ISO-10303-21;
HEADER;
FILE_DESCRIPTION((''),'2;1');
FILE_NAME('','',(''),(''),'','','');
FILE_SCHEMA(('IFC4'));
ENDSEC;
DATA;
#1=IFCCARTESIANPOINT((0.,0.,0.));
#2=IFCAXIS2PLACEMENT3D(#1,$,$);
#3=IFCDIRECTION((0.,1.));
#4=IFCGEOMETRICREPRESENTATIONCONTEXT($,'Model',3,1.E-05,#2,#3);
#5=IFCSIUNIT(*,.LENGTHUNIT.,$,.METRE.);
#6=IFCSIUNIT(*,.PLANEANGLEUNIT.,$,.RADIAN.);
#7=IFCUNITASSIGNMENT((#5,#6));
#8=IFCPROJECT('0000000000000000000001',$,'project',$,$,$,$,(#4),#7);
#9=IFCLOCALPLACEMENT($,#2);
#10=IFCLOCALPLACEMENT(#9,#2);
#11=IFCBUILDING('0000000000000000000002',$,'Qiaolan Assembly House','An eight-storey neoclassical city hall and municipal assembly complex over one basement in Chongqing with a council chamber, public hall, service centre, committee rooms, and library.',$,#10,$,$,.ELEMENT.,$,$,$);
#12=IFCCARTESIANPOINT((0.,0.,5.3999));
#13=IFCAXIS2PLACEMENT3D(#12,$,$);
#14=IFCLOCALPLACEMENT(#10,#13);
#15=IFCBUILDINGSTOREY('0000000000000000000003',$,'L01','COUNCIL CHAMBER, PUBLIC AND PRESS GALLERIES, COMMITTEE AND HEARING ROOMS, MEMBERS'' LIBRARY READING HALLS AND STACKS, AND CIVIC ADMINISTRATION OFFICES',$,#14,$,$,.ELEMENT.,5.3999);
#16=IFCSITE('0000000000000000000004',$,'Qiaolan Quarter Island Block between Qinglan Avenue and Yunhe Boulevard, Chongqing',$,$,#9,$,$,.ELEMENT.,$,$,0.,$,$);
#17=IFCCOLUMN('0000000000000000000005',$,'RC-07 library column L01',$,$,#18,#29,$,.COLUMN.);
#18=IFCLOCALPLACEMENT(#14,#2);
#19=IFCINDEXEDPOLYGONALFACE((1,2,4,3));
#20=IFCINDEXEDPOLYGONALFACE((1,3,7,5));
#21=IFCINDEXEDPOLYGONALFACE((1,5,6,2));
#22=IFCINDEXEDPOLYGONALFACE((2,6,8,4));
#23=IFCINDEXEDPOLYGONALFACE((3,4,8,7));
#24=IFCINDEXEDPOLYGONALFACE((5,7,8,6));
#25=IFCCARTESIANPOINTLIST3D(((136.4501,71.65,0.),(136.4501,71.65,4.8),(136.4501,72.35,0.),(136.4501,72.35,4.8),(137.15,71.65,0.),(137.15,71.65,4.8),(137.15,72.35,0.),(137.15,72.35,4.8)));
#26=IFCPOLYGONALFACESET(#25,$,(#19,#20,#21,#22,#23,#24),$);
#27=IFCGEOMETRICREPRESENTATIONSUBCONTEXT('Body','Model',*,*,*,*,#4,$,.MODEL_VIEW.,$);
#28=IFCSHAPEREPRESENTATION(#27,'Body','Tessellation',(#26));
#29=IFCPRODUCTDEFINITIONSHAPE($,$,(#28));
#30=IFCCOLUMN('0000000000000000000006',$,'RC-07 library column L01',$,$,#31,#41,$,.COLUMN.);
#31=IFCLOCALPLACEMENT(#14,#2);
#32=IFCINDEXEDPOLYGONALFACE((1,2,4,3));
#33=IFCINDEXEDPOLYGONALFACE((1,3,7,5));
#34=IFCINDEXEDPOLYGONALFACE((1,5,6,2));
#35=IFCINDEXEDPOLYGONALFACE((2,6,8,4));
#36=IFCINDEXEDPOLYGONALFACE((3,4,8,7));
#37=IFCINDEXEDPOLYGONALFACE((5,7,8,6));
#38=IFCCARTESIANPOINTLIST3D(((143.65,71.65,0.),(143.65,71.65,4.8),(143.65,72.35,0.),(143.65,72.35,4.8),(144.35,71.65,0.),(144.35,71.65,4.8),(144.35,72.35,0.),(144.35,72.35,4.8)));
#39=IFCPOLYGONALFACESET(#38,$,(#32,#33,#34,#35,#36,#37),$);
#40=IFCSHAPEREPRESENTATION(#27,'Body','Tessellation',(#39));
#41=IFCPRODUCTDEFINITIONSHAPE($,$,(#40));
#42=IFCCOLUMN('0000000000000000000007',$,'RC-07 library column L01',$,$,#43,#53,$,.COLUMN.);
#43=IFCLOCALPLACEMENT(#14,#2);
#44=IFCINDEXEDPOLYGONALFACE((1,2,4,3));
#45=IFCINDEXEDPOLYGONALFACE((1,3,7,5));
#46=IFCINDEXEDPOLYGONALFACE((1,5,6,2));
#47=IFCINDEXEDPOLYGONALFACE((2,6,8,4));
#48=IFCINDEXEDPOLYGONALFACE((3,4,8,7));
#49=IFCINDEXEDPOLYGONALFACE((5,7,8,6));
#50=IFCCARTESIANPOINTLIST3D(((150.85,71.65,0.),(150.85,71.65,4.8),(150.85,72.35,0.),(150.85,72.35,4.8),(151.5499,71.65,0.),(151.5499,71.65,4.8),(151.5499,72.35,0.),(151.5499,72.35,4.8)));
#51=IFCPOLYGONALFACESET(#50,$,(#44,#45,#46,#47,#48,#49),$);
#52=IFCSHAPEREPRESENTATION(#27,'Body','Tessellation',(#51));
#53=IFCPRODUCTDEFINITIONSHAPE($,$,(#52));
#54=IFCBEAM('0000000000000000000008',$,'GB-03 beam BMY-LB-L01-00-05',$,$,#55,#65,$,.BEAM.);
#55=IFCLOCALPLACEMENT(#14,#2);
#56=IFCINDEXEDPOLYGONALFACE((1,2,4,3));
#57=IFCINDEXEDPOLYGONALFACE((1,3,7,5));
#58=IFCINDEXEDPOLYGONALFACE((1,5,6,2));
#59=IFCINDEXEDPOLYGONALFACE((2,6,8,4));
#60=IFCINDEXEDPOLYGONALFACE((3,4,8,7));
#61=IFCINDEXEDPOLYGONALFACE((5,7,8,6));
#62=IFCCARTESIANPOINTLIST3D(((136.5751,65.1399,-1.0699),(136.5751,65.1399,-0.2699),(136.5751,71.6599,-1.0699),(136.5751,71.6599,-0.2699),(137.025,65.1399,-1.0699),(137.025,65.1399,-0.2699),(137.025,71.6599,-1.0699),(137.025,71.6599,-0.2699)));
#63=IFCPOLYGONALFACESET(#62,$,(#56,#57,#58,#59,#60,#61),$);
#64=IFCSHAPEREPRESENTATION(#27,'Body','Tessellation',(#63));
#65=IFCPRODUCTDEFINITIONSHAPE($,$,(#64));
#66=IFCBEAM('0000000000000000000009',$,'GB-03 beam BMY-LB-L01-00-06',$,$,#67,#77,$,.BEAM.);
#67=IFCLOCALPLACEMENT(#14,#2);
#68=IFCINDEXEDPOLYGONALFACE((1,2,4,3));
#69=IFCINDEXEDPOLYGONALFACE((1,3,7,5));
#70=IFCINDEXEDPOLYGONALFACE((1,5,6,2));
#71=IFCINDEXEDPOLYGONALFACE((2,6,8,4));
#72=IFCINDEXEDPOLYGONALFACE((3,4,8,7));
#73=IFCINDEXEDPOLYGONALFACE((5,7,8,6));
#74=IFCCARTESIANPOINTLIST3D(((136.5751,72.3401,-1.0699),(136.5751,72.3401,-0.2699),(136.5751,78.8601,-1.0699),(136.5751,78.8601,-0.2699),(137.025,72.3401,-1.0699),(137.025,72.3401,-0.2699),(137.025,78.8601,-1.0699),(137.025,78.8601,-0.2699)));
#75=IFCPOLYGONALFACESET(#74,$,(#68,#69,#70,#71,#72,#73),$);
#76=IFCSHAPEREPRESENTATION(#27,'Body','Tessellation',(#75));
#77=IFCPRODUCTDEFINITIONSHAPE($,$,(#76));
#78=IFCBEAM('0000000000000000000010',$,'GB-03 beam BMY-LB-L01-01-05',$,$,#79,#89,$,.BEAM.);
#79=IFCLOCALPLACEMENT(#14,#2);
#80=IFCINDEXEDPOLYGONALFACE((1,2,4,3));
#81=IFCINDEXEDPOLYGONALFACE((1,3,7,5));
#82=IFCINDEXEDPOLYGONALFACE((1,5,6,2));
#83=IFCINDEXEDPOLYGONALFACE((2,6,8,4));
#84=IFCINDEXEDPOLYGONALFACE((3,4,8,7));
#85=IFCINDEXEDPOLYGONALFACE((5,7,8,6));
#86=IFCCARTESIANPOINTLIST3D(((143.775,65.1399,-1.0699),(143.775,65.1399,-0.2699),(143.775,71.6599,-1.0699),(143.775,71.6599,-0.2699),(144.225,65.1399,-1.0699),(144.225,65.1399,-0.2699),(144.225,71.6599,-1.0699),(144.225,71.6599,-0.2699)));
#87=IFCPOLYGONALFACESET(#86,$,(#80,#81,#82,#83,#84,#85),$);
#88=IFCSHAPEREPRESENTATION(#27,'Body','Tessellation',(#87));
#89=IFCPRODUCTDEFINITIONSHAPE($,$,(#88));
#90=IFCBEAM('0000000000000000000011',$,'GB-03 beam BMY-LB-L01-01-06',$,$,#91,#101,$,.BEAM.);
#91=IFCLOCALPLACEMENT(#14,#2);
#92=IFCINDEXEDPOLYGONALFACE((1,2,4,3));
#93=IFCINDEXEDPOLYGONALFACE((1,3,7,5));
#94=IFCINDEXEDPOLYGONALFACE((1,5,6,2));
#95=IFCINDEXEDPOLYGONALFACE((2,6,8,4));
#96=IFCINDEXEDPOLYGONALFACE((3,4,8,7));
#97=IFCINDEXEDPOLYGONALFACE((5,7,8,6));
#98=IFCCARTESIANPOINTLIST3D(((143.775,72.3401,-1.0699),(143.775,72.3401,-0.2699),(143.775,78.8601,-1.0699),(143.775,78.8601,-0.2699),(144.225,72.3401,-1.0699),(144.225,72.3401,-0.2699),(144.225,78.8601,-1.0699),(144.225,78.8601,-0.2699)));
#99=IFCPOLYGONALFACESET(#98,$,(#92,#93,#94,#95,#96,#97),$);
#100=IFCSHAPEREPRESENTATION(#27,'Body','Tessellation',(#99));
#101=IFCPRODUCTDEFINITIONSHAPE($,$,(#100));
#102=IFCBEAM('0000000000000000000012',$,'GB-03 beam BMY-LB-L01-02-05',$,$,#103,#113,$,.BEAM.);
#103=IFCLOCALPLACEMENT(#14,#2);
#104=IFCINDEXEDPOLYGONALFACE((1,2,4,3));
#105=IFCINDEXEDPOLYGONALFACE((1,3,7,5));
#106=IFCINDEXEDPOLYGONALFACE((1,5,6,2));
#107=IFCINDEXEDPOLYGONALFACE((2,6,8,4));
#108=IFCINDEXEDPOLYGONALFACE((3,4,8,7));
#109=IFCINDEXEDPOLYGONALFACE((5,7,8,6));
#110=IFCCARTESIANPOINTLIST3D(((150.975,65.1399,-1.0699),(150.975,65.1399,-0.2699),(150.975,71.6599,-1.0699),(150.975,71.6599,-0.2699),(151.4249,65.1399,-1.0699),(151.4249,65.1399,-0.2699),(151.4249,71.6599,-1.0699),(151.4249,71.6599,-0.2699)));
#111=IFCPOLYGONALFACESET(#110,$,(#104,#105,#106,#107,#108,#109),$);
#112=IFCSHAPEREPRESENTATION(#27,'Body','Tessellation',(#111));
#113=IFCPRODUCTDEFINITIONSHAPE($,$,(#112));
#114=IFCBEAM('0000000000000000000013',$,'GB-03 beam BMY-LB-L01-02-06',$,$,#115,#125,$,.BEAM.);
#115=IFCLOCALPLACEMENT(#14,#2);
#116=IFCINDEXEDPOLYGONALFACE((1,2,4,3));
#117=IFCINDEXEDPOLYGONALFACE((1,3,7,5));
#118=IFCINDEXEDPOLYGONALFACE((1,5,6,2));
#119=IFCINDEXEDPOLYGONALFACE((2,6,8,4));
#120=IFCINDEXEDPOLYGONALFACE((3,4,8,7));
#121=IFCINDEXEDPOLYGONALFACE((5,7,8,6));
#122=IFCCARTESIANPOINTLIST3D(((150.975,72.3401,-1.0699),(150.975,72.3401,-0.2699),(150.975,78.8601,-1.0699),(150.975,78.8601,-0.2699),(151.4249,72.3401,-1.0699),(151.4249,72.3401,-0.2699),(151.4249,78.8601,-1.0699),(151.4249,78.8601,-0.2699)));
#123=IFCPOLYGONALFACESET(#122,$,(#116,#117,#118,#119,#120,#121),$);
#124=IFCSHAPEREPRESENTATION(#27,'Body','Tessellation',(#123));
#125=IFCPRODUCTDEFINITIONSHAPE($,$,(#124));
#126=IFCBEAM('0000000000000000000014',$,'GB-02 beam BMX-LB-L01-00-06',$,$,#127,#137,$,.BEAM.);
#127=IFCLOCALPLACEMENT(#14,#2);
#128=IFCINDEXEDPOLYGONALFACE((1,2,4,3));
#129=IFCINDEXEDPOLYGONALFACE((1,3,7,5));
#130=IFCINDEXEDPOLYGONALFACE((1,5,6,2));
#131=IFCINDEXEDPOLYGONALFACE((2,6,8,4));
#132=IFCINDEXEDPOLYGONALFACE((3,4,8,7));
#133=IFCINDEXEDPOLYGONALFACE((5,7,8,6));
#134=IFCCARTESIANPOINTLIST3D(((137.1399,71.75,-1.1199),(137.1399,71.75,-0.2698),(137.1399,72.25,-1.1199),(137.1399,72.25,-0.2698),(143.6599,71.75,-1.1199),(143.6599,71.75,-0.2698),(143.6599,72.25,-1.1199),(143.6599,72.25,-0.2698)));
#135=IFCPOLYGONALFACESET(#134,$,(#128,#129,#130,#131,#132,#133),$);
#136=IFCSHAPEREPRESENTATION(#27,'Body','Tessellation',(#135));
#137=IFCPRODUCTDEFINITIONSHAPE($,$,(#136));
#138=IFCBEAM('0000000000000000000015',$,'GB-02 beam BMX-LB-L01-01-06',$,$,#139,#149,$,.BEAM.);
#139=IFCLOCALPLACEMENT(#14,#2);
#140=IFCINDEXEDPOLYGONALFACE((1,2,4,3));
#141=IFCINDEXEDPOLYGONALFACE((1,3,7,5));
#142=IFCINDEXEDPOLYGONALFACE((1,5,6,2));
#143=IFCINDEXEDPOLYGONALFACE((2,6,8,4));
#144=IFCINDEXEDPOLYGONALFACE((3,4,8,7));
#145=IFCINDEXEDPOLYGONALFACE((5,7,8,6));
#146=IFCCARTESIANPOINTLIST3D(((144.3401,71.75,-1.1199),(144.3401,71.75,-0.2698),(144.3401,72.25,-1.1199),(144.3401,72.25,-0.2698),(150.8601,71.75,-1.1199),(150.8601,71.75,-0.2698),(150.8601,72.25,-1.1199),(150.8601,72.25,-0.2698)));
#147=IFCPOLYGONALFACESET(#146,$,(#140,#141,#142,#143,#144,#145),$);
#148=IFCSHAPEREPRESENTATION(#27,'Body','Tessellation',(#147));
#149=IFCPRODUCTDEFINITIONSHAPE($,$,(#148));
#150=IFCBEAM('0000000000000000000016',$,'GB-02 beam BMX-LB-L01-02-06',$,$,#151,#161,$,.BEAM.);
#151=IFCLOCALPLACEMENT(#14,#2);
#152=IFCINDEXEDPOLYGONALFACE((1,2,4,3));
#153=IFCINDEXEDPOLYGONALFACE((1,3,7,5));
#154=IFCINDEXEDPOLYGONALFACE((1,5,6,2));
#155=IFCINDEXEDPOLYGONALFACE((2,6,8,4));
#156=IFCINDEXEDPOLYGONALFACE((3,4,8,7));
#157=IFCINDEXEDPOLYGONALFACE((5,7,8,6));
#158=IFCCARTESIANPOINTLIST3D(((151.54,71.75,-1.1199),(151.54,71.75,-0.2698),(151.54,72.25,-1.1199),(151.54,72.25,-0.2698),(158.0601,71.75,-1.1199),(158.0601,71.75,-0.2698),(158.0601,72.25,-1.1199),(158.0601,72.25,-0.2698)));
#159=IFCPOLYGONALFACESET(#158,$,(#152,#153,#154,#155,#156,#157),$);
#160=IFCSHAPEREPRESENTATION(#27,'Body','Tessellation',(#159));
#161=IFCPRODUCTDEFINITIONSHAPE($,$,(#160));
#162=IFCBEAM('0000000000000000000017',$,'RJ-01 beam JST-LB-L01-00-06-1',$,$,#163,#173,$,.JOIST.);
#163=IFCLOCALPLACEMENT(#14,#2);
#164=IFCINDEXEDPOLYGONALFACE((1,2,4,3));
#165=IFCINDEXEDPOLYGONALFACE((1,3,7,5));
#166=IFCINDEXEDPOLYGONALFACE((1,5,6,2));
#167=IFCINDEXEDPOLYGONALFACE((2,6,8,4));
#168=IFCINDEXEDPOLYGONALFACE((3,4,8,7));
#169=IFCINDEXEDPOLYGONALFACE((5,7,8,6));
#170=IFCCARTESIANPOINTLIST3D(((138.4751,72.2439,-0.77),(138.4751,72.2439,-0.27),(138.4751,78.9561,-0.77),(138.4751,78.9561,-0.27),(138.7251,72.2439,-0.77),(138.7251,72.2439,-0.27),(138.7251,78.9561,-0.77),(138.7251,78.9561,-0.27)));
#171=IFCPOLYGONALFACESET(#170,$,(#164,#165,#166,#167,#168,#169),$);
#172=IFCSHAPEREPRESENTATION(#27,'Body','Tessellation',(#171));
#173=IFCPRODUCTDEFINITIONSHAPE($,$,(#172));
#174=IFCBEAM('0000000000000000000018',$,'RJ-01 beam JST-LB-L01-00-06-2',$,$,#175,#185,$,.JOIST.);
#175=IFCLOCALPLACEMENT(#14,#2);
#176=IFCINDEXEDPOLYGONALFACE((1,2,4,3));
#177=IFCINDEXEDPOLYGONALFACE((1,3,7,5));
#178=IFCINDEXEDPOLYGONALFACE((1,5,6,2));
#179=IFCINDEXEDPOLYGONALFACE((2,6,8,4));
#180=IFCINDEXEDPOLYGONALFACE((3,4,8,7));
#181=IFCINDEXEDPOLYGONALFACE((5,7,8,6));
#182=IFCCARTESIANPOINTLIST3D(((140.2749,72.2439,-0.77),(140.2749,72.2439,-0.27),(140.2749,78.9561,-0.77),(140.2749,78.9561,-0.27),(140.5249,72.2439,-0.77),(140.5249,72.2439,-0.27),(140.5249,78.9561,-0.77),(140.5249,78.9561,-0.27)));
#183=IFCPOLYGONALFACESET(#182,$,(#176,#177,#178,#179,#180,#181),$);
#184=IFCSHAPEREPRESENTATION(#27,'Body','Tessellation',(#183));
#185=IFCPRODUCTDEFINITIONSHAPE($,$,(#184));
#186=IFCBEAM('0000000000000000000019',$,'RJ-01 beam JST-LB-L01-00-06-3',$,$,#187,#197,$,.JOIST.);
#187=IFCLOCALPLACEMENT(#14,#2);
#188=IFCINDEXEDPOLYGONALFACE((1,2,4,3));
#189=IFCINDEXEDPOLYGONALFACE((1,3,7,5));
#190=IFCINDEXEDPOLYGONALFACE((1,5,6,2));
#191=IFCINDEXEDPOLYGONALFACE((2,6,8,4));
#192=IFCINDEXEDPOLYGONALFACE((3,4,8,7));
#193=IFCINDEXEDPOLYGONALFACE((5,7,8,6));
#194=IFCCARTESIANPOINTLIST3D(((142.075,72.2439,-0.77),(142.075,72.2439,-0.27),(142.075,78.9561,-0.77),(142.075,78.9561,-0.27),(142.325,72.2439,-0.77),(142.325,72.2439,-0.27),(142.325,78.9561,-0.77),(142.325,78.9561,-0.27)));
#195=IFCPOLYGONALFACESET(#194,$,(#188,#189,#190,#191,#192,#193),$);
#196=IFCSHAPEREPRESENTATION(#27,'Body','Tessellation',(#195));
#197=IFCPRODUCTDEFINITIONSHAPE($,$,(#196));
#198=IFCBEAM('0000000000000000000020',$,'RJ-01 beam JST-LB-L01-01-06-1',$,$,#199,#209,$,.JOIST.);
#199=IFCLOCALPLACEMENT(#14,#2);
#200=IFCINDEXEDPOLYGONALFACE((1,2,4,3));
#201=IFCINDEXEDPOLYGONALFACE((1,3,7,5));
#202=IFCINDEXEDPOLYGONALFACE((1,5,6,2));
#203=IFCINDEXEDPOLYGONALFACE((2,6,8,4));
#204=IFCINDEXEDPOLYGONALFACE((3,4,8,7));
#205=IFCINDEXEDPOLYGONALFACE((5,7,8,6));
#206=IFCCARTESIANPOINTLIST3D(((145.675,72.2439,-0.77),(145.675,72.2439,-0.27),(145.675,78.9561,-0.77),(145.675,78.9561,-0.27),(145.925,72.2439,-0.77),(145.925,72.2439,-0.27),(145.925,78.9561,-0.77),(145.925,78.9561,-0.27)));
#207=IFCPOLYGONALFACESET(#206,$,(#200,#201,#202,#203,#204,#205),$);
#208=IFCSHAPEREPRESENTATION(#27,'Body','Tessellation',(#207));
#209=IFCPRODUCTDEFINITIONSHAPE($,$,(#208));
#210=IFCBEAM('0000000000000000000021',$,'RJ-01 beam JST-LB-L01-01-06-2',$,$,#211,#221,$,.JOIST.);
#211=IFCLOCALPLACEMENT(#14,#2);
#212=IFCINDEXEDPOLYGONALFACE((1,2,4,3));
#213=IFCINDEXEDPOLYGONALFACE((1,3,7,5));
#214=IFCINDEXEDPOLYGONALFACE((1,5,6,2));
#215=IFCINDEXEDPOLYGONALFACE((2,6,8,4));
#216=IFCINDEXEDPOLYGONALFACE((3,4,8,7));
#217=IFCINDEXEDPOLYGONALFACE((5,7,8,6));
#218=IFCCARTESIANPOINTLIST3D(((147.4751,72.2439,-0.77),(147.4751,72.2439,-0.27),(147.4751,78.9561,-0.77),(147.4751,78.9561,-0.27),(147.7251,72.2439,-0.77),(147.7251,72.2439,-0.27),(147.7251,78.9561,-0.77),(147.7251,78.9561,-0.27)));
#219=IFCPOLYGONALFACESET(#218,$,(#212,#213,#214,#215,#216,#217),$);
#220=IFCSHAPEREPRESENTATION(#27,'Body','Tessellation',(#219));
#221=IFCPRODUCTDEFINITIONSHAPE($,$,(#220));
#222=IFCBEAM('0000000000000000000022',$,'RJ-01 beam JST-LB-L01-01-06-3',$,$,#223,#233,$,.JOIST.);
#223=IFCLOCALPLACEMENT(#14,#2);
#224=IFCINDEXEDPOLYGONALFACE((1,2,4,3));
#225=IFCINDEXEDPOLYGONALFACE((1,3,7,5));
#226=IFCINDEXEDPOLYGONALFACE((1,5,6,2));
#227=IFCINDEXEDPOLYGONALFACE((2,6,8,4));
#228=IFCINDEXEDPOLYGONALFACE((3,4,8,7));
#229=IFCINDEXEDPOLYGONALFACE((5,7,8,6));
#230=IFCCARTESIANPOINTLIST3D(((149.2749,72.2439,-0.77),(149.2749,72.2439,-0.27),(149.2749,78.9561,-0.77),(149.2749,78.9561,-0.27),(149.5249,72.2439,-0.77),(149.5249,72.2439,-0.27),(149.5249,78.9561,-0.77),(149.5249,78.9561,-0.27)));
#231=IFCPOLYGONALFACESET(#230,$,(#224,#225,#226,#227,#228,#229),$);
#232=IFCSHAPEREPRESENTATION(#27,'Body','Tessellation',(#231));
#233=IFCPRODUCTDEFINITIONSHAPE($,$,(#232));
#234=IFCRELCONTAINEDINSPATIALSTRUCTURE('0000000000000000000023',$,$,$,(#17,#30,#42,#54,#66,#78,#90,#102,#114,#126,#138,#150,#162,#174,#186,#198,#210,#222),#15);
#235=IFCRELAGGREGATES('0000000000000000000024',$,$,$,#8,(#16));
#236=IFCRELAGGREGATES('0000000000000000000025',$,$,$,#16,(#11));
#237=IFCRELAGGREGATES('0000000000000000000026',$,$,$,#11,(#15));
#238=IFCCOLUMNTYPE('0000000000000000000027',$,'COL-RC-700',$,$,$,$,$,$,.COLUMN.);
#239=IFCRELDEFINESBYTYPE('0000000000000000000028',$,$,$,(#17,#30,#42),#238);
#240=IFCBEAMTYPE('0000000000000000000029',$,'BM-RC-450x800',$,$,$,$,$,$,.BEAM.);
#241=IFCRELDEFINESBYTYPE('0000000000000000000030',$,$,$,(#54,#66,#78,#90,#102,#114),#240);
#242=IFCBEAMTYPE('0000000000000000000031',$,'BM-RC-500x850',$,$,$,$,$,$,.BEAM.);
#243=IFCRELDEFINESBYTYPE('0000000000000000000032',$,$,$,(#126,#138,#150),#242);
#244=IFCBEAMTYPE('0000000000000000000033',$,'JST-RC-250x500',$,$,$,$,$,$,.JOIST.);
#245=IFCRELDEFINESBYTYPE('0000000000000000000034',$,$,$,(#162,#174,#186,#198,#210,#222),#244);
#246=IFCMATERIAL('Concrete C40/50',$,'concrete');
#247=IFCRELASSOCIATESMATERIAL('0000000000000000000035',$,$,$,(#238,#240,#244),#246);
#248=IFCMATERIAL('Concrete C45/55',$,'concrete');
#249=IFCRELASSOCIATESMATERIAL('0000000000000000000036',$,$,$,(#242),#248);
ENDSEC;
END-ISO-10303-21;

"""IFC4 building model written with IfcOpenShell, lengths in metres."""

from ifc_helpers import new_model, si_unit, direction, frame, origin, origin_2d, place, context, subcontext, project, spatial, rectangle, extrude, material, material_profile, profile_set, type_object, element, save


model = new_model("IFC4")

# Units and contexts
model_context = context("Model", 3, precision=1e-05, world=origin(), true_north=direction((0.0, 1.0)))
body_context = subcontext(model_context, "Body", "Model", "MODEL_VIEW")
ifc_project = project(units=[si_unit("LENGTHUNIT", "METRE"), si_unit("PLANEANGLEUNIT", "RADIAN")], contexts=[model_context])

# Site, building, storey
site_placement = place(None, origin())
site = spatial("IfcSite", under=ifc_project, at=site_placement, Name="Qiaolan Quarter Island Block between Qinglan Avenue and Yunhe Boulevard, Chongqing", CompositionType="ELEMENT", RefElevation=0.0)
building_placement = place(site_placement, origin())
building = spatial("IfcBuilding", under=site, at=building_placement, Name="Qiaolan Assembly House", Description="An eight-storey neoclassical city hall and municipal assembly complex over one basement in Chongqing with a council chamber, public hall, service centre, committee rooms, and library.", CompositionType="ELEMENT")
storey_placement = place(building_placement, frame((0.0, 0.0, 5.3999)))
storey = spatial("IfcBuildingStorey", under=building, at=storey_placement, Name="L01", Description="COUNCIL CHAMBER, PUBLIC AND PRESS GALLERIES, COMMITTEE AND HEARING ROOMS, MEMBERS' LIBRARY READING HALLS AND STACKS, AND CIVIC ADMINISTRATION OFFICES", CompositionType="ELEMENT", Elevation=5.3999)

# Columns
ifc_material_1 = material(Name="Concrete C40/50", Category="concrete")
ifc_material_profile_1 = material_profile(ifc_material_1, rectangle(XDim=0.7, YDim=0.7, at=origin_2d()), Name="RC 700x700")
ifc_profile_set_1 = profile_set([ifc_material_profile_1], Name="Concrete C40/50")
column_type = type_object("IfcColumnType", Name="COL-RC-700", PredefinedType="COLUMN", material=ifc_profile_set_1)
for number, where, z_axis, x_axis, name in (
    (1, (136.8, 72.0, 0.0), (0.0, 0.0, 1.0), (1.0, 0.0, 0.0), "RC-07 library column L01"),
    (2, (144.0, 72.0, 0.0), (0.0, 0.0, 1.0), (1.0, 0.0, 0.0), "RC-07 library column L01"),
    (3, (151.2, 72.0, 0.0), (0.0, 0.0, 1.0), (1.0, 0.0, 0.0), "RC-07 library column L01"),
):
    element("IfcColumn", number, at=place(storey_placement, frame(where, z_axis=z_axis, x_axis=x_axis)), inside=storey, type_object=column_type, Name=name, PredefinedType="COLUMN", context=body_context, shape_type="SweptSolid", body=[
        extrude(rectangle(XDim=0.7, YDim=0.7, at=origin_2d()), origin(), (0.0, 0.0, 1.0), 4.8),
    ])

# Beams
ifc_material_profile_2 = material_profile(ifc_material_1, rectangle(XDim=0.45, YDim=0.8, at=origin_2d()), Name="RCB 450x800")
ifc_profile_set_2 = profile_set([ifc_material_profile_2], Name="Concrete C40/50")
beam_type_1 = type_object("IfcBeamType", Name="BM-RC-450x800", PredefinedType="BEAM", material=ifc_profile_set_2)
for number, where, z_axis, x_axis, name in (
    (4, (136.8, 65.1399, -0.6699), (0.0, 1.0, 0.0), (-1.0, 0.0, 0.0), "GB-03 beam BMY-LB-L01-00-05"),
    (5, (136.8, 72.3401, -0.6699), (0.0, 1.0, 0.0), (-1.0, 0.0, 0.0), "GB-03 beam BMY-LB-L01-00-06"),
    (6, (144.0, 65.1399, -0.6699), (0.0, 1.0, 0.0), (-1.0, 0.0, 0.0), "GB-03 beam BMY-LB-L01-01-05"),
    (7, (144.0, 72.3401, -0.6699), (0.0, 1.0, 0.0), (-1.0, 0.0, 0.0), "GB-03 beam BMY-LB-L01-01-06"),
    (8, (151.2, 65.1399, -0.6699), (0.0, 1.0, 0.0), (-1.0, 0.0, 0.0), "GB-03 beam BMY-LB-L01-02-05"),
    (9, (151.2, 72.3401, -0.6699), (0.0, 1.0, 0.0), (-1.0, 0.0, 0.0), "GB-03 beam BMY-LB-L01-02-06"),
):
    element("IfcBeam", number, at=place(storey_placement, frame(where, z_axis=z_axis, x_axis=x_axis)), inside=storey, type_object=beam_type_1, Name=name, PredefinedType="BEAM", context=body_context, shape_type="SweptSolid", body=[
        extrude(rectangle(XDim=0.45, YDim=0.8, at=origin_2d()), origin(), (0.0, 0.0, 1.0), 6.52),
    ])
ifc_material_2 = material(Name="Concrete C45/55", Category="concrete")
ifc_material_profile_3 = material_profile(ifc_material_2, rectangle(XDim=0.5, YDim=0.8501, at=origin_2d()), Name="RCB 500x850")
ifc_profile_set_3 = profile_set([ifc_material_profile_3], Name="Concrete C45/55")
beam_type_2 = type_object("IfcBeamType", Name="BM-RC-500x850", PredefinedType="BEAM", material=ifc_profile_set_3)
for number, where, z_axis, x_axis, name in (
    (10, (137.1399, 72.0, -0.6948), (1.0, 0.0, 0.0), (0.0, 1.0, 0.0), "GB-02 beam BMX-LB-L01-00-06"),
    (11, (144.3401, 72.0, -0.6948), (1.0, 0.0, 0.0), (0.0, 1.0, 0.0), "GB-02 beam BMX-LB-L01-01-06"),
    (12, (151.54, 72.0, -0.6948), (1.0, 0.0, 0.0), (0.0, 1.0, 0.0), "GB-02 beam BMX-LB-L01-02-06"),
):
    element("IfcBeam", number, at=place(storey_placement, frame(where, z_axis=z_axis, x_axis=x_axis)), inside=storey, type_object=beam_type_2, Name=name, PredefinedType="BEAM", context=body_context, shape_type="SweptSolid", body=[
        extrude(rectangle(XDim=0.5, YDim=0.8501, at=origin_2d()), origin(), (0.0, 0.0, 1.0), 6.52),
    ])
ifc_material_profile_4 = material_profile(ifc_material_1, rectangle(XDim=0.25, YDim=0.5, at=origin_2d()), Name="RCB 250x500")
ifc_profile_set_4 = profile_set([ifc_material_profile_4], Name="Concrete C40/50")
beam_type_3 = type_object("IfcBeamType", Name="JST-RC-250x500", PredefinedType="JOIST", material=ifc_profile_set_4)
for number, where, z_axis, x_axis, name in (
    (13, (138.6001, 72.2439, -0.52), (0.0, 1.0, 0.0), (-1.0, 0.0, 0.0), "RJ-01 beam JST-LB-L01-00-06-1"),
    (14, (140.3999, 72.2439, -0.52), (0.0, 1.0, 0.0), (-1.0, 0.0, 0.0), "RJ-01 beam JST-LB-L01-00-06-2"),
    (15, (142.2, 72.2439, -0.52), (0.0, 1.0, 0.0), (-1.0, 0.0, 0.0), "RJ-01 beam JST-LB-L01-00-06-3"),
    (16, (145.8, 72.2439, -0.52), (0.0, 1.0, 0.0), (-1.0, 0.0, 0.0), "RJ-01 beam JST-LB-L01-01-06-1"),
    (17, (147.6001, 72.2439, -0.52), (0.0, 1.0, 0.0), (-1.0, 0.0, 0.0), "RJ-01 beam JST-LB-L01-01-06-2"),
    (18, (149.3999, 72.2439, -0.52), (0.0, 1.0, 0.0), (-1.0, 0.0, 0.0), "RJ-01 beam JST-LB-L01-01-06-3"),
):
    element("IfcBeam", number, at=place(storey_placement, frame(where, z_axis=z_axis, x_axis=x_axis)), inside=storey, type_object=beam_type_3, Name=name, PredefinedType="JOIST", context=body_context, shape_type="SweptSolid", body=[
        extrude(rectangle(XDim=0.25, YDim=0.5, at=origin_2d()), origin(), (0.0, 0.0, 1.0), 6.7122),
    ])

save(model, "model.ifc")
